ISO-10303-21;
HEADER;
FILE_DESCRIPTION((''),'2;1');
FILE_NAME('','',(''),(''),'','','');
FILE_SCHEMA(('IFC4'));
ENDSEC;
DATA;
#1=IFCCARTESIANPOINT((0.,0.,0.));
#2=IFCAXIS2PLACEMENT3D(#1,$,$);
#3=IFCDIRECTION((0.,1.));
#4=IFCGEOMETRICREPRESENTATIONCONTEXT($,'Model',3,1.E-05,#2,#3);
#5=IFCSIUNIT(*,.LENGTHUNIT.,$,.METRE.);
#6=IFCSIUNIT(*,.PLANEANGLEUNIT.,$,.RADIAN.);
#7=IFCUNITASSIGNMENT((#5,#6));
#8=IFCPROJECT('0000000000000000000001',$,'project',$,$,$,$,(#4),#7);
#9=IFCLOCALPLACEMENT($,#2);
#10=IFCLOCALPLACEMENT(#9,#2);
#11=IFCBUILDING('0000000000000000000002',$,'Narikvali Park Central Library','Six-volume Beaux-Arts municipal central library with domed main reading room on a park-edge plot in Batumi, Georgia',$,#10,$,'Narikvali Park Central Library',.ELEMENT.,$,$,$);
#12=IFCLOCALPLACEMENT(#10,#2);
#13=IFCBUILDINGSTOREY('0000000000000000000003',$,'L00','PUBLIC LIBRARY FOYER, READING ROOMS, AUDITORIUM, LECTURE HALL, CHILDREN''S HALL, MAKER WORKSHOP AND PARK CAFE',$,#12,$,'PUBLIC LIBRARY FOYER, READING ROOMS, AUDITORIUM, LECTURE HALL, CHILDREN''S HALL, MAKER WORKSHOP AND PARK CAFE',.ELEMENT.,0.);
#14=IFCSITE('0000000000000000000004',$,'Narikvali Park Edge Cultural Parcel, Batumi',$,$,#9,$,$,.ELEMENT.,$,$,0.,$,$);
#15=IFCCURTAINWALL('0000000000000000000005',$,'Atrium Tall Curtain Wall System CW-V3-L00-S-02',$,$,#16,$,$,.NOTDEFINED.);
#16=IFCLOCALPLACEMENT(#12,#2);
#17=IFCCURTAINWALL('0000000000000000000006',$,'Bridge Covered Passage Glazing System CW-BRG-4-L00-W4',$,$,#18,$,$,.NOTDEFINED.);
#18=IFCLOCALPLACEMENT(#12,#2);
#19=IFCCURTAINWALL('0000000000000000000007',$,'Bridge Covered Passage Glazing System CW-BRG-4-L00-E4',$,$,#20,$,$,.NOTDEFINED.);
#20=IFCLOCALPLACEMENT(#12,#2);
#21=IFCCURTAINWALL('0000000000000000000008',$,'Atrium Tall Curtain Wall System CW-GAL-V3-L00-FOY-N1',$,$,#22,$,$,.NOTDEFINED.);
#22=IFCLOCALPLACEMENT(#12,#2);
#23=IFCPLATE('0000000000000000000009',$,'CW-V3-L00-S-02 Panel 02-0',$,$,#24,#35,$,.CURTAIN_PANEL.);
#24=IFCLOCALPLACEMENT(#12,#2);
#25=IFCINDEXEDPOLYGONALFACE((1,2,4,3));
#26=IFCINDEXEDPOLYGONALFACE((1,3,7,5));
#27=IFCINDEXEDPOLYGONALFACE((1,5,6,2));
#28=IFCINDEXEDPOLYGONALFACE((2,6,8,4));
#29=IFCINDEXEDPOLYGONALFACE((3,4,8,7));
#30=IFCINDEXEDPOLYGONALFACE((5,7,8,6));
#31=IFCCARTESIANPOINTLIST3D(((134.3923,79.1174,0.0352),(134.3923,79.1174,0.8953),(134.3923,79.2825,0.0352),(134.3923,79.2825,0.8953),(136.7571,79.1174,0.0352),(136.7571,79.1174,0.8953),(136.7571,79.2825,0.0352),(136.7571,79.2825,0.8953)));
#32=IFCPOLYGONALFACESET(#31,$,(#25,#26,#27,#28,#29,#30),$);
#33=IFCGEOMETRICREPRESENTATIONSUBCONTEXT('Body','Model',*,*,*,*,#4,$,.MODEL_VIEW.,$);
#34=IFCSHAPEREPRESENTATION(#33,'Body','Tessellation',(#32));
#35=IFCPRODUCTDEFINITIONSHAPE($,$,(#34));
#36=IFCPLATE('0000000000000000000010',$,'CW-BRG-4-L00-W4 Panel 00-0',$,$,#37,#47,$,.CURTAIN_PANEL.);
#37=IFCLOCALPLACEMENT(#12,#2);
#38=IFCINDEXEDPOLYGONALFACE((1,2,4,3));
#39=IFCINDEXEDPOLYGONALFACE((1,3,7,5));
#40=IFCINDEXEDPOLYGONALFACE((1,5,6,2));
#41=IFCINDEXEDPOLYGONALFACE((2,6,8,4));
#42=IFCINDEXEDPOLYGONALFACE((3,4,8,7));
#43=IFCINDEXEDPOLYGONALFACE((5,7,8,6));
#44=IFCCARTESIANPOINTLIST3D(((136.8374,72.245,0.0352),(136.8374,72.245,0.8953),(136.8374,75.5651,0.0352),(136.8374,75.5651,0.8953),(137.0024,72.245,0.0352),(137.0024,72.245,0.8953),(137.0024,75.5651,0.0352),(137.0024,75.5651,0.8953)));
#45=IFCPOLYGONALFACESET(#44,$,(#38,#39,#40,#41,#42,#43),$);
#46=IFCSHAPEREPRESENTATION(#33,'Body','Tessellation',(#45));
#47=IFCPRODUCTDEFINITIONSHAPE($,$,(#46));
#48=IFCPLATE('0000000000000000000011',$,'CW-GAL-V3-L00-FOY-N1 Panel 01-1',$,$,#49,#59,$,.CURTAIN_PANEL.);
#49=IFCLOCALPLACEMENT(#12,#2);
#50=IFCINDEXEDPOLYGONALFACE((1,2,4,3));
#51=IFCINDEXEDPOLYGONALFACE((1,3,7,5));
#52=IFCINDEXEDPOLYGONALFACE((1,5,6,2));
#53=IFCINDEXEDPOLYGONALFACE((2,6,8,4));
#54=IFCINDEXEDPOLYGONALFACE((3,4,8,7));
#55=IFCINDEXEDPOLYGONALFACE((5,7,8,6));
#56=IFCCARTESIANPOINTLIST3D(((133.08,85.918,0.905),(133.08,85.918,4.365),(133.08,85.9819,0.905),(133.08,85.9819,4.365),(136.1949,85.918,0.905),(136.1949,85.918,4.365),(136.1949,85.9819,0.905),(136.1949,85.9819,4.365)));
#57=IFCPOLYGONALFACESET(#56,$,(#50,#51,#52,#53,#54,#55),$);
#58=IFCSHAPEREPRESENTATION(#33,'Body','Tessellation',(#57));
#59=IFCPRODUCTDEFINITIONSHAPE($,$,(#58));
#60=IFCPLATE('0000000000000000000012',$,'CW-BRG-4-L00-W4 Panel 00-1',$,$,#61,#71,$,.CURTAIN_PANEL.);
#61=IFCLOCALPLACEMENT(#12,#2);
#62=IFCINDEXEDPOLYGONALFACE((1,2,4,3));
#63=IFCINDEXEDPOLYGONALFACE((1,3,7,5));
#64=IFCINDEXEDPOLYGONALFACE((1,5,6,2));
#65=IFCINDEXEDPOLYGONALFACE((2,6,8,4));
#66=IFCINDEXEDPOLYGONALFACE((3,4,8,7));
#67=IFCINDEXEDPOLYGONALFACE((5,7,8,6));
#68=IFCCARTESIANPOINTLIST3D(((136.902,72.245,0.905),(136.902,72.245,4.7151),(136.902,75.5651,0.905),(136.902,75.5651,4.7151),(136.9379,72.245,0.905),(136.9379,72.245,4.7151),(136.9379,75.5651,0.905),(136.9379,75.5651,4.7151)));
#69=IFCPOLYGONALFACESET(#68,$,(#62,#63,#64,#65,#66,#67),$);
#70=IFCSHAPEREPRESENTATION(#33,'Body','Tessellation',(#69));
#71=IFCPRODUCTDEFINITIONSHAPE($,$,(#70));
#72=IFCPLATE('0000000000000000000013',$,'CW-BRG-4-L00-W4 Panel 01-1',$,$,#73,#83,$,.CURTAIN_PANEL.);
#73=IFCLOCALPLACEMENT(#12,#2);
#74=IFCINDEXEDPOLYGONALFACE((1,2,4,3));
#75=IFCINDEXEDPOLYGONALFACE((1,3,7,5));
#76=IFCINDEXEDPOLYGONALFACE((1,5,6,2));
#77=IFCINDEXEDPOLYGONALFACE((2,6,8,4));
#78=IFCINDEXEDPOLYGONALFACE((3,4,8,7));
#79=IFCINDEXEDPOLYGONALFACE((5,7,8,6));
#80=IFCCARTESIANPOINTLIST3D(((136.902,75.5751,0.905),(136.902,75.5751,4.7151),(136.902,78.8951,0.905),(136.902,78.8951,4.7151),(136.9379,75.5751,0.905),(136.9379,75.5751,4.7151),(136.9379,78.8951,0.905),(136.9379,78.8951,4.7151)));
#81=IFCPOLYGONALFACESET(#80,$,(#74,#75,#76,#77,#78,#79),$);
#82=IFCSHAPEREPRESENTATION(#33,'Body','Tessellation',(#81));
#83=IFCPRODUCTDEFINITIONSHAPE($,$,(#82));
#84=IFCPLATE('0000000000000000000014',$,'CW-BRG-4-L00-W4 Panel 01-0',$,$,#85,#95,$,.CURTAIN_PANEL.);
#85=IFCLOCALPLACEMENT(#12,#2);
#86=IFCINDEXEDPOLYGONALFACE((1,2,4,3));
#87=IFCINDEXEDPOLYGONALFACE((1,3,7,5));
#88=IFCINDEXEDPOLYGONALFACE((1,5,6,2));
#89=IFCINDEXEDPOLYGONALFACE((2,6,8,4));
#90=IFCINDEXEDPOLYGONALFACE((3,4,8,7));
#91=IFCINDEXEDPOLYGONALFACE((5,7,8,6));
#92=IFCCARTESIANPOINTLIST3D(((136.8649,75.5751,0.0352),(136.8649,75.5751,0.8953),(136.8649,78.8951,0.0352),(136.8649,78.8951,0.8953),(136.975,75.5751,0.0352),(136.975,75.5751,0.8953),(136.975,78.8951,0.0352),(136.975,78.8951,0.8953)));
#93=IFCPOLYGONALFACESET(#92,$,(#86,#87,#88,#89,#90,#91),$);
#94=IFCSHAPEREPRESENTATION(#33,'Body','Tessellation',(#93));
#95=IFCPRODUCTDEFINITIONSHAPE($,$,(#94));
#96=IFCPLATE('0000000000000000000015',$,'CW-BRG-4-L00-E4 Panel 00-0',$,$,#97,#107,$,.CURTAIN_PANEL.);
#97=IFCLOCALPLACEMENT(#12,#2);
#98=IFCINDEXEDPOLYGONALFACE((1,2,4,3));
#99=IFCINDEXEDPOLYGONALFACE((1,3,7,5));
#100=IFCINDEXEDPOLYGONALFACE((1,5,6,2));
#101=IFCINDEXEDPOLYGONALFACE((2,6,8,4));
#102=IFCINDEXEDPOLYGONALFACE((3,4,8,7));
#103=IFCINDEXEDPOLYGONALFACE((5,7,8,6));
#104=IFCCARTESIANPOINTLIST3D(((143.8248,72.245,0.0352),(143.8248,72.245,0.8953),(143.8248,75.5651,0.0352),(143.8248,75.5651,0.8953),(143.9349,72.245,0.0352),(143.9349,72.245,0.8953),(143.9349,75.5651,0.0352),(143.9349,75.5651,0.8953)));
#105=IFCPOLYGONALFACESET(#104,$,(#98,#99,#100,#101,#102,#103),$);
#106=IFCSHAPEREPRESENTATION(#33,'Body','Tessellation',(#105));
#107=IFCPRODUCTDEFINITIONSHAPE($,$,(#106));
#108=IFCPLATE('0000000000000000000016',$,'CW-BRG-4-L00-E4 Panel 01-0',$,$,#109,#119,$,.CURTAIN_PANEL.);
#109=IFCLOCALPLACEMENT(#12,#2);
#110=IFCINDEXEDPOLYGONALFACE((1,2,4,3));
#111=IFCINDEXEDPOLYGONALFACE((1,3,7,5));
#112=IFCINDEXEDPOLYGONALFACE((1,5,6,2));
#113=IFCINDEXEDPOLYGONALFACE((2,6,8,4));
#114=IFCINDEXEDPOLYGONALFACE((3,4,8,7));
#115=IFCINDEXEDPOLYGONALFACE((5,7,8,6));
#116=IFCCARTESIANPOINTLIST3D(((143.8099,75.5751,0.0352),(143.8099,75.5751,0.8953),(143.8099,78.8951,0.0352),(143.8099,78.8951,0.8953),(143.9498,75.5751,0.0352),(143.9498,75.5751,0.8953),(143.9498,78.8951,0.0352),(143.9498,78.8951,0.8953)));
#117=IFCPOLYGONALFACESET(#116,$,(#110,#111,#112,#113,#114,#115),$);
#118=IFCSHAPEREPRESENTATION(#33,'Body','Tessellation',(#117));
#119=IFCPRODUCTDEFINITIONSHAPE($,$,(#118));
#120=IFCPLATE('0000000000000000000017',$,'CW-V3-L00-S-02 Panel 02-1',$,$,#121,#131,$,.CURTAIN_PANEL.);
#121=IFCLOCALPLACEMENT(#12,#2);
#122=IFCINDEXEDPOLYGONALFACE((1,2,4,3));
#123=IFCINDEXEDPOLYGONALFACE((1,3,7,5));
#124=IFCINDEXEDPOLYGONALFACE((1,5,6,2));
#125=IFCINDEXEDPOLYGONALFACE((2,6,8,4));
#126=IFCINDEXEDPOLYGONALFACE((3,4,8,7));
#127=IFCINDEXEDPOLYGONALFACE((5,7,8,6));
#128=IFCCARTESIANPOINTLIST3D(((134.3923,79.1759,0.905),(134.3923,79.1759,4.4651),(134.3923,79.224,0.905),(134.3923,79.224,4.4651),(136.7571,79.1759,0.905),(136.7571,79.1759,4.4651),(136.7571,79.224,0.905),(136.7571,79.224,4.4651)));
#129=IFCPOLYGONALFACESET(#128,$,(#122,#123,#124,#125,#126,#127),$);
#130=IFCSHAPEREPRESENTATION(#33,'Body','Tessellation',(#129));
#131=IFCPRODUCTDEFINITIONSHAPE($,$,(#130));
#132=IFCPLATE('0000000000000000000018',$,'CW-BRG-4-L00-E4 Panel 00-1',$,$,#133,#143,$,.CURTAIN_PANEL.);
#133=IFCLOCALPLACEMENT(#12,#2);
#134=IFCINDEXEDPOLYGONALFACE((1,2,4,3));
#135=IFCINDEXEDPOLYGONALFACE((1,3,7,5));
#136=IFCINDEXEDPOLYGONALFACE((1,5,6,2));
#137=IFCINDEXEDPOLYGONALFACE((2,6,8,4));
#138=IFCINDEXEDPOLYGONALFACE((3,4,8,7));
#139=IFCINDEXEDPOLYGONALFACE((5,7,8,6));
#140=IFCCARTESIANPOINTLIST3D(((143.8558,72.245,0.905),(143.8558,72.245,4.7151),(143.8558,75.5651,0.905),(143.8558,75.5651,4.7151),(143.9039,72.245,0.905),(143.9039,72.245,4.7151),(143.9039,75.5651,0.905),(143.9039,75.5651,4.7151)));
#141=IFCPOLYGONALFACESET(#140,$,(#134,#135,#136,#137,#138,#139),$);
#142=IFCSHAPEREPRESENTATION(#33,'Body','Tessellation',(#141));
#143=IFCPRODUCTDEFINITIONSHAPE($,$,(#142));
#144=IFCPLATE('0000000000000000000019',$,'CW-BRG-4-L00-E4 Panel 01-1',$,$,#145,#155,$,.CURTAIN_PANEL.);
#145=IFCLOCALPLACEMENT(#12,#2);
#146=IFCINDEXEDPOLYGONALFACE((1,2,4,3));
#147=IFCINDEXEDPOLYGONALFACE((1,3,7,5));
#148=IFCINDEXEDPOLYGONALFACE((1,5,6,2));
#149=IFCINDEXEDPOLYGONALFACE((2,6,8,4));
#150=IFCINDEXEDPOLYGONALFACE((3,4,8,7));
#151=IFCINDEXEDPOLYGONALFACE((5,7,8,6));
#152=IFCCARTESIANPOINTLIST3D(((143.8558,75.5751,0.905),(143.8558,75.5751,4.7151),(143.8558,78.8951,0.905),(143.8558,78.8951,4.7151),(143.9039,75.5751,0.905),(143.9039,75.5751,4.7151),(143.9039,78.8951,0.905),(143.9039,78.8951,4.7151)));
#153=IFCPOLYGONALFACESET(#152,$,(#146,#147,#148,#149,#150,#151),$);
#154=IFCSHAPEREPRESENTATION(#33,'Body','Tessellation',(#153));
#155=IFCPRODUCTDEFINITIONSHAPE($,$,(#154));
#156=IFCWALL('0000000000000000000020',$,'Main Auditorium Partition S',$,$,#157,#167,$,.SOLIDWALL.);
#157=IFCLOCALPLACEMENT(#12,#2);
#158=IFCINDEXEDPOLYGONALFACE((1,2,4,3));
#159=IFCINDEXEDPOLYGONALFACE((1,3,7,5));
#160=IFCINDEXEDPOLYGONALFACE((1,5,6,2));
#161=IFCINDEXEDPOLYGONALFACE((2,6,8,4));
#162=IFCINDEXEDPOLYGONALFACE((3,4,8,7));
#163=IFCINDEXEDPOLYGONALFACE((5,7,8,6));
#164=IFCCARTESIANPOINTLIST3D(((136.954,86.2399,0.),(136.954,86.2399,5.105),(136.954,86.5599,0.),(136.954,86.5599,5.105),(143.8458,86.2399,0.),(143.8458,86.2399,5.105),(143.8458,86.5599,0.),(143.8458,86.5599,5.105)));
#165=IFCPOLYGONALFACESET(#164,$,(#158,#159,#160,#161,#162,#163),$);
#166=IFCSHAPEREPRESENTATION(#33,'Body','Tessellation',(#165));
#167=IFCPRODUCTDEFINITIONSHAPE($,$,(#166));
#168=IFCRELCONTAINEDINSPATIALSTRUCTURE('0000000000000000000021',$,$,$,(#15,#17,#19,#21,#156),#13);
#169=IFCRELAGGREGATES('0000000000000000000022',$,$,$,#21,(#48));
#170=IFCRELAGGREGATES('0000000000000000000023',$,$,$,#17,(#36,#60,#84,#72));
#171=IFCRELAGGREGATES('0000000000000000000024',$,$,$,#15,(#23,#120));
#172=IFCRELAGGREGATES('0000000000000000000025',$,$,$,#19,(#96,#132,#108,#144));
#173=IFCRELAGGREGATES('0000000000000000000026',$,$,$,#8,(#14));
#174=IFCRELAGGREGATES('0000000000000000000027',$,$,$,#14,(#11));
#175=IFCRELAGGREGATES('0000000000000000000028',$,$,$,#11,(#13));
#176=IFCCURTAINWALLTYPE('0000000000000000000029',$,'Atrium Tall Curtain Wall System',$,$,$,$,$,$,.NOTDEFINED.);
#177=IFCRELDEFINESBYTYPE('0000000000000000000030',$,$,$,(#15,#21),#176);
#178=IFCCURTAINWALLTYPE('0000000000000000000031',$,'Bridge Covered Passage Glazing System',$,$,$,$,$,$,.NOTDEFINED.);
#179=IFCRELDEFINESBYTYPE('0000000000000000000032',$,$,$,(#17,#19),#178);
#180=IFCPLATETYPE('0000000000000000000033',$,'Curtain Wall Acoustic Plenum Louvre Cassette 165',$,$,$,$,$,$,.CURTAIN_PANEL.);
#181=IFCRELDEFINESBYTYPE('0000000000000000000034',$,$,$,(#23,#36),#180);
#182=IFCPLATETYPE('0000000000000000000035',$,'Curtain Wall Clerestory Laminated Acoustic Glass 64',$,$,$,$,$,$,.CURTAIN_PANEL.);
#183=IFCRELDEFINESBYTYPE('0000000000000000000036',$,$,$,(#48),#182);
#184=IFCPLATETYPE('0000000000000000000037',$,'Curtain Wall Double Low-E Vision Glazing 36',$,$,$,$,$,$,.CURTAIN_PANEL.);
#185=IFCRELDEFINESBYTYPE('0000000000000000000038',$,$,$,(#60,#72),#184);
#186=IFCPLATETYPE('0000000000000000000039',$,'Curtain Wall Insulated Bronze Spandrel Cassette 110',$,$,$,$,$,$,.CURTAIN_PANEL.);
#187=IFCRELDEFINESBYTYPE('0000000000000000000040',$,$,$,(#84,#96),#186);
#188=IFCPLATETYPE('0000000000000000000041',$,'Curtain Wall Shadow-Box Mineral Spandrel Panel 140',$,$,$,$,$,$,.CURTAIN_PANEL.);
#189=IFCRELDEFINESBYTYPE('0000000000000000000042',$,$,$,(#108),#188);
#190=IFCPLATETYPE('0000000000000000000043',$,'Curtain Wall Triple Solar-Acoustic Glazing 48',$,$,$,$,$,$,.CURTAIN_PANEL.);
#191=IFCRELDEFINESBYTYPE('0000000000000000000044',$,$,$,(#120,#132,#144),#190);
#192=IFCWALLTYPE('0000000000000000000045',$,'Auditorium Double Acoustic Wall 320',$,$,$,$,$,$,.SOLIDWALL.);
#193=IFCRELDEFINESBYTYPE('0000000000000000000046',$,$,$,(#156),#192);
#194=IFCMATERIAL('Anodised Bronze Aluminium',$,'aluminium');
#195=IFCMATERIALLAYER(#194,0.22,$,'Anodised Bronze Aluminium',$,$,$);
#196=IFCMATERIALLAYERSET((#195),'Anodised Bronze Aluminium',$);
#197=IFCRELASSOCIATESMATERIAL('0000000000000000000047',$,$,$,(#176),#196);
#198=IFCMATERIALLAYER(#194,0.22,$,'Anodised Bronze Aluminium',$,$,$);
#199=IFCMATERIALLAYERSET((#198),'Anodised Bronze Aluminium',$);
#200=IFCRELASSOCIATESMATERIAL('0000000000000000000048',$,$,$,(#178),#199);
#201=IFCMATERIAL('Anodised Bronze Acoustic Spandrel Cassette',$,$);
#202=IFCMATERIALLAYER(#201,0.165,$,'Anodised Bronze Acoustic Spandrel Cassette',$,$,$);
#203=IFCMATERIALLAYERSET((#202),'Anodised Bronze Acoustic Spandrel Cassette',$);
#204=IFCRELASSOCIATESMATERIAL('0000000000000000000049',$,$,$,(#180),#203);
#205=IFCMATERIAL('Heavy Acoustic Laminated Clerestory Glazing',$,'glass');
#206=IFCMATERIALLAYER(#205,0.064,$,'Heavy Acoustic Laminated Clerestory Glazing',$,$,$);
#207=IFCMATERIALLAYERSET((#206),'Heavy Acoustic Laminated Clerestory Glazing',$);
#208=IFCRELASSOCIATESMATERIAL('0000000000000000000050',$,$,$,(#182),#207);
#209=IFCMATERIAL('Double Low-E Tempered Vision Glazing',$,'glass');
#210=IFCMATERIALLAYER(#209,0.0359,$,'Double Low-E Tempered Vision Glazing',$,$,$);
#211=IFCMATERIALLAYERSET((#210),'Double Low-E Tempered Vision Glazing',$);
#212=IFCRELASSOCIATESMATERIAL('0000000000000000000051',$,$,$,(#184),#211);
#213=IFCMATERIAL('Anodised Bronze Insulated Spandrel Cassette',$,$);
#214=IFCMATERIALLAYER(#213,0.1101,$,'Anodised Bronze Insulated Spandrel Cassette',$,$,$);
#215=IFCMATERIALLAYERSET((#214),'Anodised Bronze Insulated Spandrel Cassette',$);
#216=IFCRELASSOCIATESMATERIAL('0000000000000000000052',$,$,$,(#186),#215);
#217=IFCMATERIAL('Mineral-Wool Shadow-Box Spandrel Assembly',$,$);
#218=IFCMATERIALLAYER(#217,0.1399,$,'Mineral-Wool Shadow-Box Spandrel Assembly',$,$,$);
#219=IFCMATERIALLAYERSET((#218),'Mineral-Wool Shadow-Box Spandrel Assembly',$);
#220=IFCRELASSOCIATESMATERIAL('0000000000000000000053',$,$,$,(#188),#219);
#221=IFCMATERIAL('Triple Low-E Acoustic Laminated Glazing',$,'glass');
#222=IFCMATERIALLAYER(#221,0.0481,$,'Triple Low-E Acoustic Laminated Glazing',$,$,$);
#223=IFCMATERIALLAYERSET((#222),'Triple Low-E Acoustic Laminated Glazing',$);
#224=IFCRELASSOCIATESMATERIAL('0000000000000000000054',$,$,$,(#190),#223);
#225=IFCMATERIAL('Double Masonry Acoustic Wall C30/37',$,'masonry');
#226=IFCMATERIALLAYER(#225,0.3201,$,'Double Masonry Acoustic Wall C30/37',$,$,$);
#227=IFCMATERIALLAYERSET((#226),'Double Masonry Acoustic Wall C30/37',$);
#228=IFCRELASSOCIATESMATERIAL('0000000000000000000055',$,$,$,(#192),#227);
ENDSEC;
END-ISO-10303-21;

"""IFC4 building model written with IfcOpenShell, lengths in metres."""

from ifc_helpers import new_model, si_unit, direction, frame, frame_2d, origin, origin_2d, place, context, subcontext, project, spatial, rectangle, extrude, material, layer, layer_set, type_object, element, aggregate, save


model = new_model("IFC4")

# Units and contexts
model_context = context("Model", 3, precision=1e-05, world=origin(), true_north=direction((0.0, 1.0)))
body_context = subcontext(model_context, "Body", "Model", "MODEL_VIEW")
ifc_project = project(units=[si_unit("LENGTHUNIT", "METRE"), si_unit("PLANEANGLEUNIT", "RADIAN")], contexts=[model_context])

# Site, building, storey
site_placement = place(None, origin())
site = spatial("IfcSite", under=ifc_project, at=site_placement, Name="Narikvali Park Edge Cultural Parcel, Batumi", CompositionType="ELEMENT", RefElevation=0.0)
building_placement = place(site_placement, origin())
building = spatial("IfcBuilding", under=site, at=building_placement, Name="Narikvali Park Central Library", Description="Six-volume Beaux-Arts municipal central library with domed main reading room on a park-edge plot in Batumi, Georgia", LongName="Narikvali Park Central Library", CompositionType="ELEMENT")
storey_placement = place(building_placement, origin())
storey = spatial("IfcBuildingStorey", under=building, at=storey_placement, Name="L00", Description="PUBLIC LIBRARY FOYER, READING ROOMS, AUDITORIUM, LECTURE HALL, CHILDREN'S HALL, MAKER WORKSHOP AND PARK CAFE", LongName="PUBLIC LIBRARY FOYER, READING ROOMS, AUDITORIUM, LECTURE HALL, CHILDREN'S HALL, MAKER WORKSHOP AND PARK CAFE", CompositionType="ELEMENT", Elevation=0.0)

# Curtain wall
ifc_material_1 = material(Name="Anodised Bronze Aluminium", Category="aluminium")
ifc_layer_1 = layer(ifc_material_1, 0.22, Name="Anodised Bronze Aluminium")
ifc_layer_set_1 = layer_set([ifc_layer_1], Name="Anodised Bronze Aluminium")
curtain_wall_type_1 = type_object("IfcCurtainWallType", Name="Atrium Tall Curtain Wall System", PredefinedType="NOTDEFINED", material=ifc_layer_set_1)
curtain_wall_1_placement = place(storey_placement, origin())
curtain_wall_1 = element("IfcCurtainWall", 1, at=curtain_wall_1_placement, inside=storey, type_object=curtain_wall_type_1, Name="Atrium Tall Curtain Wall System CW-V3-L00-S-02", PredefinedType="NOTDEFINED")

# Curtain walls
ifc_layer_2 = layer(ifc_material_1, 0.22, Name="Anodised Bronze Aluminium")
ifc_layer_set_2 = layer_set([ifc_layer_2], Name="Anodised Bronze Aluminium")
curtain_wall_type_2 = type_object("IfcCurtainWallType", Name="Bridge Covered Passage Glazing System", PredefinedType="NOTDEFINED", material=ifc_layer_set_2)
curtain_wall_2_placement = place(storey_placement, origin())
curtain_wall_2 = element("IfcCurtainWall", 2, at=curtain_wall_2_placement, inside=storey, type_object=curtain_wall_type_2, Name="Bridge Covered Passage Glazing System CW-BRG-4-L00-W4", PredefinedType="NOTDEFINED")
curtain_wall_3_placement = place(storey_placement, origin())
curtain_wall_3 = element("IfcCurtainWall", 3, at=curtain_wall_3_placement, inside=storey, type_object=curtain_wall_type_2, Name="Bridge Covered Passage Glazing System CW-BRG-4-L00-E4", PredefinedType="NOTDEFINED")

# Curtain wall
curtain_wall_4_placement = place(storey_placement, origin())
curtain_wall_4 = element("IfcCurtainWall", 4, at=curtain_wall_4_placement, inside=storey, type_object=curtain_wall_type_1, Name="Atrium Tall Curtain Wall System CW-GAL-V3-L00-FOY-N1", PredefinedType="NOTDEFINED")

# Plates
ifc_material_2 = material(Name="Anodised Bronze Acoustic Spandrel Cassette")
ifc_layer_3 = layer(ifc_material_2, 0.165, Name="Anodised Bronze Acoustic Spandrel Cassette")
ifc_layer_set_3 = layer_set([ifc_layer_3], Name="Anodised Bronze Acoustic Spandrel Cassette")
plate_type_1 = type_object("IfcPlateType", Name="Curtain Wall Acoustic Plenum Louvre Cassette 165", PredefinedType="CURTAIN_PANEL", material=ifc_layer_set_3)
plate_1_placement = place(storey_placement, frame((135.5747, 79.2, 0.0352), z_axis=(0.0, 0.0, 1.0), x_axis=(1.0, 0.0, 0.0)))
plate_1 = element("IfcPlate", 5, at=plate_1_placement, type_object=plate_type_1, Name="CW-V3-L00-S-02 Panel 02-0", PredefinedType="CURTAIN_PANEL", context=body_context, shape_type="SweptSolid", body=[
    extrude(rectangle(XDim=2.3647, YDim=0.165, at=origin_2d()), origin(), (0.0, 0.0, 1.0), 0.8601),
])
plate_2_placement = place(storey_placement, frame((136.9199, 73.905, 0.0352), z_axis=(0.0, 0.0, 1.0), x_axis=(0.0, 1.0, 0.0)))
plate_2 = element("IfcPlate", 6, at=plate_2_placement, type_object=plate_type_1, Name="CW-BRG-4-L00-W4 Panel 00-0", PredefinedType="CURTAIN_PANEL", context=body_context, shape_type="SweptSolid", body=[
    extrude(rectangle(XDim=3.3201, YDim=0.165, at=origin_2d()), origin(), (0.0, 0.0, 1.0), 0.8601),
])
ifc_material_3 = material(Name="Heavy Acoustic Laminated Clerestory Glazing", Category="glass")
ifc_layer_4 = layer(ifc_material_3, 0.064, Name="Heavy Acoustic Laminated Clerestory Glazing")
ifc_layer_set_4 = layer_set([ifc_layer_4], Name="Heavy Acoustic Laminated Clerestory Glazing")
plate_type_2 = type_object("IfcPlateType", Name="Curtain Wall Clerestory Laminated Acoustic Glass 64", PredefinedType="CURTAIN_PANEL", material=ifc_layer_set_4)
plate_3_placement = place(storey_placement, frame((134.6375, 85.95, 0.905), z_axis=(0.0, 0.0, 1.0), x_axis=(1.0, 0.0, 0.0)))
plate_3 = element("IfcPlate", 7, at=plate_3_placement, type_object=plate_type_2, Name="CW-GAL-V3-L00-FOY-N1 Panel 01-1", PredefinedType="CURTAIN_PANEL", context=body_context, shape_type="SweptSolid", body=[
    extrude(rectangle(XDim=3.115, YDim=0.064, at=origin_2d()), origin(), (0.0, 0.0, 1.0), 3.46),
])
aggregate(curtain_wall_4, [plate_3])
ifc_material_4 = material(Name="Double Low-E Tempered Vision Glazing", Category="glass")
ifc_layer_5 = layer(ifc_material_4, 0.0359, Name="Double Low-E Tempered Vision Glazing")
ifc_layer_set_5 = layer_set([ifc_layer_5], Name="Double Low-E Tempered Vision Glazing")
plate_type_3 = type_object("IfcPlateType", Name="Curtain Wall Double Low-E Vision Glazing 36", PredefinedType="CURTAIN_PANEL", material=ifc_layer_set_5)
plate_4_placement = place(storey_placement, frame((136.9199, 73.905, 0.905), z_axis=(0.0, 0.0, 1.0), x_axis=(0.0, 1.0, 0.0)))
plate_4 = element("IfcPlate", 8, at=plate_4_placement, type_object=plate_type_3, Name="CW-BRG-4-L00-W4 Panel 00-1", PredefinedType="CURTAIN_PANEL", context=body_context, shape_type="SweptSolid", body=[
    extrude(rectangle(XDim=3.3201, YDim=0.0359, at=origin_2d()), origin(), (0.0, 0.0, 1.0), 3.8101),
])
plate_5_placement = place(storey_placement, frame((136.9199, 77.2351, 0.905), z_axis=(0.0, 0.0, 1.0), x_axis=(0.0, 1.0, 0.0)))
plate_5 = element("IfcPlate", 9, at=plate_5_placement, type_object=plate_type_3, Name="CW-BRG-4-L00-W4 Panel 01-1", PredefinedType="CURTAIN_PANEL", context=body_context, shape_type="SweptSolid", body=[
    extrude(rectangle(XDim=3.3201, YDim=0.0359, at=origin_2d()), origin(), (0.0, 0.0, 1.0), 3.8101),
])
ifc_material_5 = material(Name="Anodised Bronze Insulated Spandrel Cassette")
ifc_layer_6 = layer(ifc_material_5, 0.1101, Name="Anodised Bronze Insulated Spandrel Cassette")
ifc_layer_set_6 = layer_set([ifc_layer_6], Name="Anodised Bronze Insulated Spandrel Cassette")
plate_type_4 = type_object("IfcPlateType", Name="Curtain Wall Insulated Bronze Spandrel Cassette 110", PredefinedType="CURTAIN_PANEL", material=ifc_layer_set_6)
plate_6_placement = place(storey_placement, frame((136.9199, 77.2351, 0.0352), z_axis=(0.0, 0.0, 1.0), x_axis=(0.0, 1.0, 0.0)))
plate_6 = element("IfcPlate", 10, at=plate_6_placement, type_object=plate_type_4, Name="CW-BRG-4-L00-W4 Panel 01-0", PredefinedType="CURTAIN_PANEL", context=body_context, shape_type="SweptSolid", body=[
    extrude(rectangle(XDim=3.3201, YDim=0.1101, at=origin_2d()), origin(), (0.0, 0.0, 1.0), 0.8601),
])
aggregate(curtain_wall_2, [plate_2, plate_4, plate_6, plate_5])
plate_7_placement = place(storey_placement, frame((143.8799, 73.905, 0.0352), z_axis=(0.0, 0.0, 1.0), x_axis=(0.0, 1.0, 0.0)))
plate_7 = element("IfcPlate", 11, at=plate_7_placement, type_object=plate_type_4, Name="CW-BRG-4-L00-E4 Panel 00-0", PredefinedType="CURTAIN_PANEL", context=body_context, shape_type="SweptSolid", body=[
    extrude(rectangle(XDim=3.3201, YDim=0.1101, at=origin_2d()), origin(), (0.0, 0.0, 1.0), 0.8601),
])
ifc_material_6 = material(Name="Mineral-Wool Shadow-Box Spandrel Assembly")
ifc_layer_7 = layer(ifc_material_6, 0.1399, Name="Mineral-Wool Shadow-Box Spandrel Assembly")
ifc_layer_set_7 = layer_set([ifc_layer_7], Name="Mineral-Wool Shadow-Box Spandrel Assembly")
plate_type_5 = type_object("IfcPlateType", Name="Curtain Wall Shadow-Box Mineral Spandrel Panel 140", PredefinedType="CURTAIN_PANEL", material=ifc_layer_set_7)
plate_8_placement = place(storey_placement, frame((143.8799, 77.2351, 0.0352), z_axis=(0.0, 0.0, 1.0), x_axis=(0.0, 1.0, 0.0)))
plate_8 = element("IfcPlate", 12, at=plate_8_placement, type_object=plate_type_5, Name="CW-BRG-4-L00-E4 Panel 01-0", PredefinedType="CURTAIN_PANEL", context=body_context, shape_type="SweptSolid", body=[
    extrude(rectangle(XDim=3.3201, YDim=0.1399, at=origin_2d()), origin(), (0.0, 0.0, 1.0), 0.8601),
])
ifc_material_7 = material(Name="Triple Low-E Acoustic Laminated Glazing", Category="glass")
ifc_layer_8 = layer(ifc_material_7, 0.0481, Name="Triple Low-E Acoustic Laminated Glazing")
ifc_layer_set_8 = layer_set([ifc_layer_8], Name="Triple Low-E Acoustic Laminated Glazing")
plate_type_6 = type_object("IfcPlateType", Name="Curtain Wall Triple Solar-Acoustic Glazing 48", PredefinedType="CURTAIN_PANEL", material=ifc_layer_set_8)
plate_9_placement = place(storey_placement, frame((135.5747, 79.2, 0.905), z_axis=(0.0, 0.0, 1.0), x_axis=(1.0, 0.0, 0.0)))
plate_9 = element("IfcPlate", 13, at=plate_9_placement, type_object=plate_type_6, Name="CW-V3-L00-S-02 Panel 02-1", PredefinedType="CURTAIN_PANEL", context=body_context, shape_type="SweptSolid", body=[
    extrude(rectangle(XDim=2.3647, YDim=0.0481, at=origin_2d()), origin(), (0.0, 0.0, 1.0), 3.5601),
])
aggregate(curtain_wall_1, [plate_1, plate_9])
plate_10_placement = place(storey_placement, frame((143.8799, 73.905, 0.905), z_axis=(0.0, 0.0, 1.0), x_axis=(0.0, 1.0, 0.0)))
plate_10 = element("IfcPlate", 14, at=plate_10_placement, type_object=plate_type_6, Name="CW-BRG-4-L00-E4 Panel 00-1", PredefinedType="CURTAIN_PANEL", context=body_context, shape_type="SweptSolid", body=[
    extrude(rectangle(XDim=3.3201, YDim=0.0481, at=origin_2d()), origin(), (0.0, 0.0, 1.0), 3.8101),
])
plate_11_placement = place(storey_placement, frame((143.8799, 77.2351, 0.905), z_axis=(0.0, 0.0, 1.0), x_axis=(0.0, 1.0, 0.0)))
plate_11 = element("IfcPlate", 15, at=plate_11_placement, type_object=plate_type_6, Name="CW-BRG-4-L00-E4 Panel 01-1", PredefinedType="CURTAIN_PANEL", context=body_context, shape_type="SweptSolid", body=[
    extrude(rectangle(XDim=3.3201, YDim=0.0481, at=origin_2d()), origin(), (0.0, 0.0, 1.0), 3.8101),
])
aggregate(curtain_wall_3, [plate_7, plate_10, plate_8, plate_11])

# Wall
ifc_material_8 = material(Name="Double Masonry Acoustic Wall C30/37", Category="masonry")
ifc_layer_9 = layer(ifc_material_8, 0.3201, Name="Double Masonry Acoustic Wall C30/37")
ifc_layer_set_9 = layer_set([ifc_layer_9], Name="Double Masonry Acoustic Wall C30/37")
wall_type_1 = type_object("IfcWallType", Name="Auditorium Double Acoustic Wall 320", PredefinedType="SOLIDWALL", material=ifc_layer_set_9)
wall_1_placement = place(storey_placement, frame((136.9541, 86.3999, 0.0), z_axis=(0.0, 0.0, 1.0), x_axis=(1.0, 0.0, 0.0)))
element("IfcWall", 16, at=wall_1_placement, inside=storey, type_object=wall_type_1, Name="Main Auditorium Partition S", PredefinedType="SOLIDWALL", context=body_context, shape_type="SweptSolid", body=[
    extrude(rectangle(XDim=6.8918, YDim=0.3201, at=frame_2d((3.4458, 0.0))), origin(), (0.0, 0.0, 1.0), 5.105),
])

save(model, "model.ifc")
